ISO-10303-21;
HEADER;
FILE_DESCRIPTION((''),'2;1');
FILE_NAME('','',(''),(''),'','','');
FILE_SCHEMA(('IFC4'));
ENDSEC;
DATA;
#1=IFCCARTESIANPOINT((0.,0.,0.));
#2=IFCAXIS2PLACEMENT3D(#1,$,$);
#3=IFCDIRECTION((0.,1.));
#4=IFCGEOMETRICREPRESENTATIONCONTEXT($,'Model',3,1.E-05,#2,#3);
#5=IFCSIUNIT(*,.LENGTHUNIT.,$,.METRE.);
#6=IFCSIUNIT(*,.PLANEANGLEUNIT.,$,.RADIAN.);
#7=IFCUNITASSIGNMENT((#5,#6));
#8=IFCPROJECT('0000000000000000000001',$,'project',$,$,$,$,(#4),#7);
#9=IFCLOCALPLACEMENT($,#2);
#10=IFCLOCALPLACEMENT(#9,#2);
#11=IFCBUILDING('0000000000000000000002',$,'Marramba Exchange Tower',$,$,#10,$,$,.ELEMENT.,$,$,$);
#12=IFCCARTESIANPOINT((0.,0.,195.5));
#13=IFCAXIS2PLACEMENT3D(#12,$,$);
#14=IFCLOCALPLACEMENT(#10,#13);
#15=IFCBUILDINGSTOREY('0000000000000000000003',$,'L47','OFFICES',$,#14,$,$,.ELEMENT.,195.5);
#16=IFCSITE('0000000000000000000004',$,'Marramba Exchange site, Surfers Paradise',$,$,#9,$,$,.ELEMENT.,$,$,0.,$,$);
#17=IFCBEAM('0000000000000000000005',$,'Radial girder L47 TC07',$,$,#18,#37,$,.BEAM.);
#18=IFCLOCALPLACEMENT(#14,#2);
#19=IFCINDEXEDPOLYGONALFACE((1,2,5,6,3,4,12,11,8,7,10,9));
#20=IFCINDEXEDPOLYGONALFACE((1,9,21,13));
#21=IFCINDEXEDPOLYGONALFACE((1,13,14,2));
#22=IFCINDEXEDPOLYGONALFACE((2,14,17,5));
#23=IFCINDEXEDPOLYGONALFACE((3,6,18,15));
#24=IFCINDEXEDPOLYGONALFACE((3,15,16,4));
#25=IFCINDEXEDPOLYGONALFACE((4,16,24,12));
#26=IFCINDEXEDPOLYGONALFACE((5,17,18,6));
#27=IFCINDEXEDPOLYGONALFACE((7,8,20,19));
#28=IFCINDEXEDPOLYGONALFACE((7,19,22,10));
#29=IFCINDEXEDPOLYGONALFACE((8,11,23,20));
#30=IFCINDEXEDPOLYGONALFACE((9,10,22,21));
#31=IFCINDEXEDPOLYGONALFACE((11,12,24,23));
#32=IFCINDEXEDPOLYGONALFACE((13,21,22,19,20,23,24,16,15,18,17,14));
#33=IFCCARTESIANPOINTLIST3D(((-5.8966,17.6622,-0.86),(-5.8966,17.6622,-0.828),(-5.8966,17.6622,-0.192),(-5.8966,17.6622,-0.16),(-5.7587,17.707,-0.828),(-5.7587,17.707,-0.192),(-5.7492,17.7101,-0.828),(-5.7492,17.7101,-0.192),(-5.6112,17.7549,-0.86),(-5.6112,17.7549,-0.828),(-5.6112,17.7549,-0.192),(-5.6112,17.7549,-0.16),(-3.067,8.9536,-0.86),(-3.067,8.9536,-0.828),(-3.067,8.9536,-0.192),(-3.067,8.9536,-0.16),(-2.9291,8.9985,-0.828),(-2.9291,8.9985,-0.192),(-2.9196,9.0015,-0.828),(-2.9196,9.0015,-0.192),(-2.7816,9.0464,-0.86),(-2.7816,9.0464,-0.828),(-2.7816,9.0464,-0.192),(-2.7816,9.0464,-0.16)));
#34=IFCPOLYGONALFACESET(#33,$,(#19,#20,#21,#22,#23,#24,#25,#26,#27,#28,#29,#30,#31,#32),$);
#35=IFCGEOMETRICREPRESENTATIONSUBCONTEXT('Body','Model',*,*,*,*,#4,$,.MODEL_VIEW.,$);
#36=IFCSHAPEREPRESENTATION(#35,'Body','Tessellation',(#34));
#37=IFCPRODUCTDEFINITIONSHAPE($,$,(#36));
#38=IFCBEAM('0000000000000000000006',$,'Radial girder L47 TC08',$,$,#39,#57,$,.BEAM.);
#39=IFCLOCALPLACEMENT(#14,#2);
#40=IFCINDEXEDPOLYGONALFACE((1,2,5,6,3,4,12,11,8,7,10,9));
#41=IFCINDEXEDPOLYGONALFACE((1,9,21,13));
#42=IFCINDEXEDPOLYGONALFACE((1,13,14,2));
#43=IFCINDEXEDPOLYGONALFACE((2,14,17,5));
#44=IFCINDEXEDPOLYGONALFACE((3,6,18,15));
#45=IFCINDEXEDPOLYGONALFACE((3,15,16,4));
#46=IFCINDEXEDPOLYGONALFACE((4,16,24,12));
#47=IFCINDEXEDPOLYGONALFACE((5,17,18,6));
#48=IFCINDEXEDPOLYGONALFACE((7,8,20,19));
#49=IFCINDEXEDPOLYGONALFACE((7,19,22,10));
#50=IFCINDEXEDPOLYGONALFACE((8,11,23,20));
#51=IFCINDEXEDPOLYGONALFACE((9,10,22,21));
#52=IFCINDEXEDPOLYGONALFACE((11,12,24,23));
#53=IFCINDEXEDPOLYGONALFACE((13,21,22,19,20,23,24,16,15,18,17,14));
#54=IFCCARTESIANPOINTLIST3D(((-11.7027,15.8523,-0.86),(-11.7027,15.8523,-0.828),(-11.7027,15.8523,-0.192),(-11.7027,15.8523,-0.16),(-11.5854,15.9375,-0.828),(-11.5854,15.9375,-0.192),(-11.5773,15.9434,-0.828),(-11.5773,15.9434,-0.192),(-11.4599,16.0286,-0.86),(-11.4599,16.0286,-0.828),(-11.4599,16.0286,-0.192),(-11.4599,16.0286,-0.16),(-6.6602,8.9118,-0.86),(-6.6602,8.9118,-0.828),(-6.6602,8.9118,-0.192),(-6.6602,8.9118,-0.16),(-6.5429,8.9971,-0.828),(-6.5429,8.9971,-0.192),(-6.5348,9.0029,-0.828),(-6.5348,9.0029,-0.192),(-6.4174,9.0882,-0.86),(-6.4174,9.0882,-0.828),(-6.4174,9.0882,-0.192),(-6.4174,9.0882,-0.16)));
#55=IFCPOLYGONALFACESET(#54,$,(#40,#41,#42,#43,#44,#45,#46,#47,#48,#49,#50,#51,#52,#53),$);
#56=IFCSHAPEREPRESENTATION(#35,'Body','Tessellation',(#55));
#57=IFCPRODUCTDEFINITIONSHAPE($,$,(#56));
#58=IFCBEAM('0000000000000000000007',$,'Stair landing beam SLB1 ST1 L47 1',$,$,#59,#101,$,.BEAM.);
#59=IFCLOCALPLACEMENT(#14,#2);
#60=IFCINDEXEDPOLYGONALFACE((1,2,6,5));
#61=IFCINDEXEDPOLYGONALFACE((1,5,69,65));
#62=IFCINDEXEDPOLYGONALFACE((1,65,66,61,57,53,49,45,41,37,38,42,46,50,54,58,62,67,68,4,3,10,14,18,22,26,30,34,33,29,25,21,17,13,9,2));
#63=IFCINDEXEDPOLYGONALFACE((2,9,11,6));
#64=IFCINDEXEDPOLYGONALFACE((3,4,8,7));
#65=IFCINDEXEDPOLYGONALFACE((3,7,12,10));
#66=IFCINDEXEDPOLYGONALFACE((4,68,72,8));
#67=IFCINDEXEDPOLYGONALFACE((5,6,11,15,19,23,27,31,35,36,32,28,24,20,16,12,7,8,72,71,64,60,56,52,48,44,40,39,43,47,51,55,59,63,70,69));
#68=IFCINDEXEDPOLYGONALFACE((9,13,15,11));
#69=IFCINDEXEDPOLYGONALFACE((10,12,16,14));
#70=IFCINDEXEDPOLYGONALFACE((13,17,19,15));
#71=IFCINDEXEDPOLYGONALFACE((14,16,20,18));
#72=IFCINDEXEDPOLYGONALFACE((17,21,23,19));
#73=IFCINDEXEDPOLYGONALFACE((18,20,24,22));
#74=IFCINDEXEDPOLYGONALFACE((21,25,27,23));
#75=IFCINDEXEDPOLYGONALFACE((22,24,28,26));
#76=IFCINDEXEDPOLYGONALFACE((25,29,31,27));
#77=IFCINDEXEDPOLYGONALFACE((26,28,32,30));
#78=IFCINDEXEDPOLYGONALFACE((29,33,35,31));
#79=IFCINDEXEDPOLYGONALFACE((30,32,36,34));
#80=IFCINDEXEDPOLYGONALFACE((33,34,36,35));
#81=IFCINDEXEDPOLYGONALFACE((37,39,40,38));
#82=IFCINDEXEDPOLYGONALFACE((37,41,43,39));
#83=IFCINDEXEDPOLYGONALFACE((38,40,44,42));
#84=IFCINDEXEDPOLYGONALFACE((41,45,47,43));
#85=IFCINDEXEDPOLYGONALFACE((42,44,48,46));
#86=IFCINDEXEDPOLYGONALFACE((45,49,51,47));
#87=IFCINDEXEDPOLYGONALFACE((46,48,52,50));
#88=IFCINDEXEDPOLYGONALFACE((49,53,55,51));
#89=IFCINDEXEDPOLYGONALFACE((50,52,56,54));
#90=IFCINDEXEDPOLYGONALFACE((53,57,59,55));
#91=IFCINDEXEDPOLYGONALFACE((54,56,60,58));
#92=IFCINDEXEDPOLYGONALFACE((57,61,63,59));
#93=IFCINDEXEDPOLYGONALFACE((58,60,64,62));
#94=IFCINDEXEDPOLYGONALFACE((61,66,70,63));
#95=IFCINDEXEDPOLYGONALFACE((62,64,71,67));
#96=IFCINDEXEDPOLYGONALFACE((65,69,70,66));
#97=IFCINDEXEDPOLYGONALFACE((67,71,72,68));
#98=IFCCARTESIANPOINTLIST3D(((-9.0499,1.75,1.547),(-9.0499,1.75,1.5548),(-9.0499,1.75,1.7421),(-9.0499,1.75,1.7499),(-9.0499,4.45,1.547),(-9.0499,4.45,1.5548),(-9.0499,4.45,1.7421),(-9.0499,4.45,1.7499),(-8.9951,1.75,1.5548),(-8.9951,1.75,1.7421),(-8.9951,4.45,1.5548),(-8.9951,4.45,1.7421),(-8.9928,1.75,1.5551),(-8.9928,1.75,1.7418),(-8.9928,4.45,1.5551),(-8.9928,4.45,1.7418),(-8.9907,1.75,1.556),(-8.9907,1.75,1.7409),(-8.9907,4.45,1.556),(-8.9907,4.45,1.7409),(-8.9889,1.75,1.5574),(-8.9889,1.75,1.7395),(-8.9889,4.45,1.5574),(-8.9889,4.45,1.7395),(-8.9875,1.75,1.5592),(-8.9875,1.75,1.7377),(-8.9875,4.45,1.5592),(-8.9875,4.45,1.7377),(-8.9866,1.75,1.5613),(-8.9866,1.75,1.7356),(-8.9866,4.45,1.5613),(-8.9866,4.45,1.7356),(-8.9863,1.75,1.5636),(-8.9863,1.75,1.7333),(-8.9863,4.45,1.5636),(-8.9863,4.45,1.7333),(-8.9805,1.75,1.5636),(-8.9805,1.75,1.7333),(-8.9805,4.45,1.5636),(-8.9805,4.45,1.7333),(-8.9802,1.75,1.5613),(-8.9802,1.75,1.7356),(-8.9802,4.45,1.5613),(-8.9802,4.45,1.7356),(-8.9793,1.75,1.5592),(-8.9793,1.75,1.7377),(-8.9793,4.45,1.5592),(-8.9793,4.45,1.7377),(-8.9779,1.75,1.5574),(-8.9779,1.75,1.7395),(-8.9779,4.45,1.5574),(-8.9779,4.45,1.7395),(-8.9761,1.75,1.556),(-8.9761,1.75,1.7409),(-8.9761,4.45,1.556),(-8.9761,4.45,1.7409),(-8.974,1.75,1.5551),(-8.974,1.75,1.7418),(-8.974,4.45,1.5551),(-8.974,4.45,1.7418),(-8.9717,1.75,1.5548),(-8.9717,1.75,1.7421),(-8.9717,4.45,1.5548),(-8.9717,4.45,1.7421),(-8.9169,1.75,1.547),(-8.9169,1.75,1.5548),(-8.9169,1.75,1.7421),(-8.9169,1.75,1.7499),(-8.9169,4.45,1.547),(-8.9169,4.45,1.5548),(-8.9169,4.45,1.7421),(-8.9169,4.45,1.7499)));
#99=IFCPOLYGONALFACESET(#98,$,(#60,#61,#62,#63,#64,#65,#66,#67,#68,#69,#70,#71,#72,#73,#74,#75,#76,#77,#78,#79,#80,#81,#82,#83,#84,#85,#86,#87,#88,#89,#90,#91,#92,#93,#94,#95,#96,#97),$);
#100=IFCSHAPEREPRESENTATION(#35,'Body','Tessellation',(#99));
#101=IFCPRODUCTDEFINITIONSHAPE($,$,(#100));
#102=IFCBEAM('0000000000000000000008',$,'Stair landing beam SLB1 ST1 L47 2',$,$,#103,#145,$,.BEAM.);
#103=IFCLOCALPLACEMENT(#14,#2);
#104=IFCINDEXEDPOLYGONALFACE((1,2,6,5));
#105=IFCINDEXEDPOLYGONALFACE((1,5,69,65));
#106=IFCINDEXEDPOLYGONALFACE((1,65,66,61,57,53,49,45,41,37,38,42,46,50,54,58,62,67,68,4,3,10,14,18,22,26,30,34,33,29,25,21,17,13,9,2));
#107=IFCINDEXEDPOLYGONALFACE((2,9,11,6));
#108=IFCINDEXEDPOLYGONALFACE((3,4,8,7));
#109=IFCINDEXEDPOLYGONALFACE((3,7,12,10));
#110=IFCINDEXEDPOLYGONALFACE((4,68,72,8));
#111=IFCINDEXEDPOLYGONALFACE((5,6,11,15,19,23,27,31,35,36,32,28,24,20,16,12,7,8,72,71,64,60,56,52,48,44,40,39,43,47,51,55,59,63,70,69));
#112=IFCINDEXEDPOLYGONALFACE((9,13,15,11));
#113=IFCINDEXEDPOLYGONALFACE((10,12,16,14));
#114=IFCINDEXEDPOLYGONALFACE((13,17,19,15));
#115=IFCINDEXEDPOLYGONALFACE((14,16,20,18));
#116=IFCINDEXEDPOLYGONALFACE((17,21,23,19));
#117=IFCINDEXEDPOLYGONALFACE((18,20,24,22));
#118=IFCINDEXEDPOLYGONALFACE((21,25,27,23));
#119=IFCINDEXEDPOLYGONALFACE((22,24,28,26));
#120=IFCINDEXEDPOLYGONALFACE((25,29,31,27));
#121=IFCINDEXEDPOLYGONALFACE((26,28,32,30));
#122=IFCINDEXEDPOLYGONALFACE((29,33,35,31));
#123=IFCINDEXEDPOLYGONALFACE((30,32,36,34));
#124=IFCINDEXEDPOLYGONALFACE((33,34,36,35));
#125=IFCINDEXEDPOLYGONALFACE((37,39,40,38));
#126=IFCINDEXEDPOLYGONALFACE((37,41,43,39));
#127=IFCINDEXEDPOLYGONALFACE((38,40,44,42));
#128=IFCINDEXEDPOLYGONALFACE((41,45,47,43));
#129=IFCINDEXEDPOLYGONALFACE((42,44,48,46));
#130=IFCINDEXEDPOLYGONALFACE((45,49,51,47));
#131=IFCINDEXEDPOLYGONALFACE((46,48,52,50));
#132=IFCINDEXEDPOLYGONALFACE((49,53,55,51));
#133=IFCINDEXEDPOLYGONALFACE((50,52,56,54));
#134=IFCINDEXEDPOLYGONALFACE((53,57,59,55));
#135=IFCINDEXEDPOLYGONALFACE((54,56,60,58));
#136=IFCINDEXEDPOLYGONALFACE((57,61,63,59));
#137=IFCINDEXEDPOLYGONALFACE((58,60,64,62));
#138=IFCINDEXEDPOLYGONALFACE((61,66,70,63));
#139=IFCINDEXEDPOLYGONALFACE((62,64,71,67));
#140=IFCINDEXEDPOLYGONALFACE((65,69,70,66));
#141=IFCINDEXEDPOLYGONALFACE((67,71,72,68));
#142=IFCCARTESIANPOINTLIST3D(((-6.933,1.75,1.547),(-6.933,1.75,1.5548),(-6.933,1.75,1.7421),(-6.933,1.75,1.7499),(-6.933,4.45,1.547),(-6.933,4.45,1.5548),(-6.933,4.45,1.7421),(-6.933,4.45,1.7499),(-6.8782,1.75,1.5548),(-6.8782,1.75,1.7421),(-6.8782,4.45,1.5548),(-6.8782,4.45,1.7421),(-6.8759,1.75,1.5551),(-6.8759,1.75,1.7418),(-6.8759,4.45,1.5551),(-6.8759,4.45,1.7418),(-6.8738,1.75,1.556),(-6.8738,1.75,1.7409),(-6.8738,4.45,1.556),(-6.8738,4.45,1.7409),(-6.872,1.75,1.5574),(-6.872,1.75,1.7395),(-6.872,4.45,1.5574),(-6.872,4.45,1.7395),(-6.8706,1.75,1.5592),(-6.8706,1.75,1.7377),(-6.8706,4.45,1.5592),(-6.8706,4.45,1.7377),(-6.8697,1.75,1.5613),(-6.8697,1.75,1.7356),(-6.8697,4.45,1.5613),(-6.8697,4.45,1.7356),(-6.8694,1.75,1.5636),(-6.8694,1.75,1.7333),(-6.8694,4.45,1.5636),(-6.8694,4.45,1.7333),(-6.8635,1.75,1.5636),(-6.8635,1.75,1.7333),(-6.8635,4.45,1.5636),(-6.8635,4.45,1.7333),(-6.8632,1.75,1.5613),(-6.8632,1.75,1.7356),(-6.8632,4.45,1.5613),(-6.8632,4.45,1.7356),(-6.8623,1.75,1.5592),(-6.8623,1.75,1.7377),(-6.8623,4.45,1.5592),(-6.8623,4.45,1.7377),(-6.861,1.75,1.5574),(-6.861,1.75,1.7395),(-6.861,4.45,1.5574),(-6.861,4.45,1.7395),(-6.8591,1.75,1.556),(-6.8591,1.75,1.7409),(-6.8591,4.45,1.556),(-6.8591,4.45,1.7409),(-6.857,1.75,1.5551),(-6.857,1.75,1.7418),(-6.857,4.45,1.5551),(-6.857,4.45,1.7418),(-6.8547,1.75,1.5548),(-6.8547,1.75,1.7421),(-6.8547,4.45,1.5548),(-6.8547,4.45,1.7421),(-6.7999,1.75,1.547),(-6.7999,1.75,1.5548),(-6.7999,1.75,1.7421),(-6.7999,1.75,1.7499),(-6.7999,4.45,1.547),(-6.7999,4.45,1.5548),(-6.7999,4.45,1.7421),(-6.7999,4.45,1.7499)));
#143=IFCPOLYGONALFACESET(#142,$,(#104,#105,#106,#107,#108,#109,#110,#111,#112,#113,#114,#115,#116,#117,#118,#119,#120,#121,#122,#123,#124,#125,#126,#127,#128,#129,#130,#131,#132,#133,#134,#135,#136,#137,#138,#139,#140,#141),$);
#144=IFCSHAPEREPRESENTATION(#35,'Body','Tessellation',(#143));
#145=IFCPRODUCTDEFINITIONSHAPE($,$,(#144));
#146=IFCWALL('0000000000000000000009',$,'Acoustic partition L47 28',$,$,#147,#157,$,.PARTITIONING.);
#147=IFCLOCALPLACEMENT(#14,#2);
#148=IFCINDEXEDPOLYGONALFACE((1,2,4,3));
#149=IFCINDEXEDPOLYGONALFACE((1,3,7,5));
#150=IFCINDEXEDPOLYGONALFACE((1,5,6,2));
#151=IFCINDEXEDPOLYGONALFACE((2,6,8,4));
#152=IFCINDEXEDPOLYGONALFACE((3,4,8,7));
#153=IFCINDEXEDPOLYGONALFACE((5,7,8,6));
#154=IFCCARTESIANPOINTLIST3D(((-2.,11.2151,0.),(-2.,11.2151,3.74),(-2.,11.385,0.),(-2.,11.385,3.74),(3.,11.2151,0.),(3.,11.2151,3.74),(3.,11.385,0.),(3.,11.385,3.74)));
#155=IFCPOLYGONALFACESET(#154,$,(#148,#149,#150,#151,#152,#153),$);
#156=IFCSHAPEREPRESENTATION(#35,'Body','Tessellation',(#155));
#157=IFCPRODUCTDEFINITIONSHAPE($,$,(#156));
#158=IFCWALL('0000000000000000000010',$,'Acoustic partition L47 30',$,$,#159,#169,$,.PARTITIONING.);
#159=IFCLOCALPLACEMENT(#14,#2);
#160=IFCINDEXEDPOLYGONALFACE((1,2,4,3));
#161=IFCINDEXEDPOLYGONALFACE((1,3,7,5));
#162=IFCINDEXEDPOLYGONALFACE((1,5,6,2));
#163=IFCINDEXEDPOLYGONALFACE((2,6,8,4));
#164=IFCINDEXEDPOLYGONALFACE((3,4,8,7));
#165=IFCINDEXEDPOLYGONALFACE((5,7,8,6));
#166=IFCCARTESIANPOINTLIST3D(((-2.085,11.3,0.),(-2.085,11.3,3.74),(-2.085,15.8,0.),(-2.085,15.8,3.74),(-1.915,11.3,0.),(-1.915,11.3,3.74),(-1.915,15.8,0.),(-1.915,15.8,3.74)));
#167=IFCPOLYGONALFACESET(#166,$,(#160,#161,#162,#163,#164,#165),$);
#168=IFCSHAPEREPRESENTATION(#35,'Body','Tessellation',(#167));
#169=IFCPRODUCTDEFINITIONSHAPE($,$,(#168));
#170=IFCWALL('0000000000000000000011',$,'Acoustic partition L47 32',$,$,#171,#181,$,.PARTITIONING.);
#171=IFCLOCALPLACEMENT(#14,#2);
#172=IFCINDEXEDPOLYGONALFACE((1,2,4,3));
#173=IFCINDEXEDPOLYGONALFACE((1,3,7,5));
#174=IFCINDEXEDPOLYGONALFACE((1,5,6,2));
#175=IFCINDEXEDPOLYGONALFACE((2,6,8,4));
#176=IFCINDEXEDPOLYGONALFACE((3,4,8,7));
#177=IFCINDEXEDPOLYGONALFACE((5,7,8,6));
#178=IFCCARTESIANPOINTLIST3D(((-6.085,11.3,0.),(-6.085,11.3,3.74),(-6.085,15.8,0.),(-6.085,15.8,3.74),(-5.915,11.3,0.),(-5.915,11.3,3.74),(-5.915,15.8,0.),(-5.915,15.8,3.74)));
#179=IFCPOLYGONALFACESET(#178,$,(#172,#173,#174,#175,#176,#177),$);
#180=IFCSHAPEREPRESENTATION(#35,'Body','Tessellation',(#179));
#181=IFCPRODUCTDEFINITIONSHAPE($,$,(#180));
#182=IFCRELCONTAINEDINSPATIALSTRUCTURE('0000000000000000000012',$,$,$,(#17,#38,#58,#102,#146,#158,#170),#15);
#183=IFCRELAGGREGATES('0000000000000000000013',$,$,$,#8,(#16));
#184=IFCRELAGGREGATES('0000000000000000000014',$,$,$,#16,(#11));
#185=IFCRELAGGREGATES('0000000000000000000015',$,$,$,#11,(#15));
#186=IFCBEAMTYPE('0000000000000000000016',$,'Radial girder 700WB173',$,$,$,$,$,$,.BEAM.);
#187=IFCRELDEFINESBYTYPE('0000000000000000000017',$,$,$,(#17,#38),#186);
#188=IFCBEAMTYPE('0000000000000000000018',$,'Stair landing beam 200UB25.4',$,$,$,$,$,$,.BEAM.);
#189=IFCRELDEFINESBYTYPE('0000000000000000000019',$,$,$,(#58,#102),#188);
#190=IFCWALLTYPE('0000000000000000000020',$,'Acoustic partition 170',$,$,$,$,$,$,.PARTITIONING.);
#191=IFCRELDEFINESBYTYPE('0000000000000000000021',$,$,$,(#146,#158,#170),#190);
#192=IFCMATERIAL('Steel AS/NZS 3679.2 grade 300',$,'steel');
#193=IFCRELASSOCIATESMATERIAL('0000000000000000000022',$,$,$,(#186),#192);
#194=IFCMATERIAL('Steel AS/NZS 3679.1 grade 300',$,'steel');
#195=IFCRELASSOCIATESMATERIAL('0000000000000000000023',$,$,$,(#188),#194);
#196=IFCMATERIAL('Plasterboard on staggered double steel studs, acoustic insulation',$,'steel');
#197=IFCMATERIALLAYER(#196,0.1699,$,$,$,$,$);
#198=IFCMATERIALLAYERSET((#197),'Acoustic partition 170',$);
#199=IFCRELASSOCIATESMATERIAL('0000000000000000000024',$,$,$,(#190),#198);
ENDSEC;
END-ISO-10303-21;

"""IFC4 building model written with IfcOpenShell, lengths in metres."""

from ifc_helpers import new_model, si_unit, direction, frame, frame_2d, origin, origin_2d, place, context, subcontext, project, spatial, rectangle, i_section, extrude, material, layer, layer_set, material_profile, profile_set, type_object, element, save


model = new_model("IFC4")

# Units and contexts
model_context = context("Model", 3, precision=1e-05, world=origin(), true_north=direction((0.0, 1.0)))
body_context = subcontext(model_context, "Body", "Model", "MODEL_VIEW")
ifc_project = project(units=[si_unit("LENGTHUNIT", "METRE"), si_unit("PLANEANGLEUNIT", "RADIAN")], contexts=[model_context])

# Site, building, storey
site_placement = place(None, origin())
site = spatial("IfcSite", under=ifc_project, at=site_placement, Name="Marramba Exchange site, Surfers Paradise", CompositionType="ELEMENT", RefElevation=0.0)
building_placement = place(site_placement, origin())
building = spatial("IfcBuilding", under=site, at=building_placement, Name="Marramba Exchange Tower", CompositionType="ELEMENT")
storey_placement = place(building_placement, frame((0.0, 0.0, 195.5)))
storey = spatial("IfcBuildingStorey", under=building, at=storey_placement, Name="L47", Description="OFFICES", CompositionType="ELEMENT", Elevation=195.5)

# Beams
ifc_material_1 = material(Name="Steel AS/NZS 3679.1 grade 300", Category="steel")
ifc_material_2 = material(Name="Steel AS/NZS 3679.2 grade 300", Category="steel")
ifc_material_profile_1 = material_profile(ifc_material_2, i_section(OverallWidth=0.3, OverallDepth=0.7, WebThickness=0.01, FlangeThickness=0.032, at=origin_2d()), Name="700WB173")
ifc_profile_set_1 = profile_set([ifc_material_profile_1], Name="Steel AS/NZS 3679.2 grade 300")
beam_type_1 = type_object("IfcBeamType", Name="Radial girder 700WB173", PredefinedType="BEAM", material=ifc_profile_set_1)
beam_1_placement = place(storey_placement, frame((-2.9243, 9.0, -0.51), z_axis=(-0.30902, 0.951056, 0.0), x_axis=(-0.951056, -0.30902, 0.0)))
element("IfcBeam", 1, at=beam_1_placement, inside=storey, type_object=beam_type_1, Name="Radial girder L47 TC07", PredefinedType="BEAM", context=body_context, shape_type="SweptSolid", body=[
    extrude(i_section(OverallWidth=0.3, OverallDepth=0.7, WebThickness=0.01, FlangeThickness=0.032, at=origin_2d()), origin(), (0.0, 0.0, 1.0), 9.1567),
])
beam_2_placement = place(storey_placement, frame((-6.5388, 9.0, -0.51), z_axis=(-0.587782, 0.809019, 0.0), x_axis=(-0.809019, -0.587782, 0.0)))
element("IfcBeam", 2, at=beam_2_placement, inside=storey, type_object=beam_type_1, Name="Radial girder L47 TC08", PredefinedType="BEAM", context=body_context, shape_type="SweptSolid", body=[
    extrude(i_section(OverallWidth=0.3, OverallDepth=0.7, WebThickness=0.01, FlangeThickness=0.032, at=origin_2d()), origin(), (0.0, 0.0, 1.0), 8.5789),
])
ifc_material_profile_2 = material_profile(ifc_material_1, i_section(OverallWidth=0.1331, OverallDepth=0.2029, WebThickness=0.0059, FlangeThickness=0.0078, FilletRadius=0.0088, at=origin_2d()), Name="200UB25.4")
ifc_profile_set_2 = profile_set([ifc_material_profile_2], Name="Steel AS/NZS 3679.1 grade 300")
beam_type_2 = type_object("IfcBeamType", Name="Stair landing beam 200UB25.4", PredefinedType="BEAM", material=ifc_profile_set_2)
for number, where, z_axis, x_axis, name in (
    (3, (-8.9834, 1.75, 1.6484), (0.0, 1.0, 0.0), (-1.0, 0.0, 0.0), "Stair landing beam SLB1 ST1 L47 1"),
    (4, (-6.8665, 1.75, 1.6484), (0.0, 1.0, 0.0), (-1.0, 0.0, 0.0), "Stair landing beam SLB1 ST1 L47 2"),
):
    element("IfcBeam", number, at=place(storey_placement, frame(where, z_axis=z_axis, x_axis=x_axis)), inside=storey, type_object=beam_type_2, Name=name, PredefinedType="BEAM", context=body_context, shape_type="SweptSolid", body=[
        extrude(i_section(OverallWidth=0.1331, OverallDepth=0.2029, WebThickness=0.0059, FlangeThickness=0.0078, FilletRadius=0.0088, at=origin_2d()), origin(), (0.0, 0.0, 1.0), 2.7),
    ])

# Walls
ifc_material_3 = material(Name="Plasterboard on staggered double steel studs, acoustic insulation", Category="steel")
ifc_layer_1 = layer(ifc_material_3, 0.1699)
ifc_layer_set_1 = layer_set([ifc_layer_1], Name="Acoustic partition 170")
wall_type_1 = type_object("IfcWallType", Name="Acoustic partition 170", PredefinedType="PARTITIONING", material=ifc_layer_set_1)
wall_1_placement = place(storey_placement, frame((-2.0, 11.3, 0.0), z_axis=(0.0, 0.0, 1.0), x_axis=(1.0, 0.0, 0.0)))
element("IfcWall", 5, at=wall_1_placement, inside=storey, type_object=wall_type_1, Name="Acoustic partition L47 28", PredefinedType="PARTITIONING", context=body_context, shape_type="SweptSolid", body=[
    extrude(rectangle(XDim=5.0, YDim=0.1699, at=frame_2d((2.5, 0.0))), origin(), (0.0, 0.0, 1.0), 3.74),
])
for number, where, z_axis, x_axis, name in (
    (6, (-2.0, 15.8, 0.0), (0.0, 0.0, 1.0), (0.0, -1.0, 0.0), "Acoustic partition L47 30"),
    (7, (-6.0, 11.3, 0.0), (0.0, 0.0, 1.0), (0.0, 1.0, 0.0), "Acoustic partition L47 32"),
):
    element("IfcWall", number, at=place(storey_placement, frame(where, z_axis=z_axis, x_axis=x_axis)), inside=storey, type_object=wall_type_1, Name=name, PredefinedType="PARTITIONING", context=body_context, shape_type="SweptSolid", body=[
        extrude(rectangle(XDim=4.5, YDim=0.1699, at=frame_2d((2.25, 0.0))), origin(), (0.0, 0.0, 1.0), 3.74),
    ])

save(model, "model.ifc")
